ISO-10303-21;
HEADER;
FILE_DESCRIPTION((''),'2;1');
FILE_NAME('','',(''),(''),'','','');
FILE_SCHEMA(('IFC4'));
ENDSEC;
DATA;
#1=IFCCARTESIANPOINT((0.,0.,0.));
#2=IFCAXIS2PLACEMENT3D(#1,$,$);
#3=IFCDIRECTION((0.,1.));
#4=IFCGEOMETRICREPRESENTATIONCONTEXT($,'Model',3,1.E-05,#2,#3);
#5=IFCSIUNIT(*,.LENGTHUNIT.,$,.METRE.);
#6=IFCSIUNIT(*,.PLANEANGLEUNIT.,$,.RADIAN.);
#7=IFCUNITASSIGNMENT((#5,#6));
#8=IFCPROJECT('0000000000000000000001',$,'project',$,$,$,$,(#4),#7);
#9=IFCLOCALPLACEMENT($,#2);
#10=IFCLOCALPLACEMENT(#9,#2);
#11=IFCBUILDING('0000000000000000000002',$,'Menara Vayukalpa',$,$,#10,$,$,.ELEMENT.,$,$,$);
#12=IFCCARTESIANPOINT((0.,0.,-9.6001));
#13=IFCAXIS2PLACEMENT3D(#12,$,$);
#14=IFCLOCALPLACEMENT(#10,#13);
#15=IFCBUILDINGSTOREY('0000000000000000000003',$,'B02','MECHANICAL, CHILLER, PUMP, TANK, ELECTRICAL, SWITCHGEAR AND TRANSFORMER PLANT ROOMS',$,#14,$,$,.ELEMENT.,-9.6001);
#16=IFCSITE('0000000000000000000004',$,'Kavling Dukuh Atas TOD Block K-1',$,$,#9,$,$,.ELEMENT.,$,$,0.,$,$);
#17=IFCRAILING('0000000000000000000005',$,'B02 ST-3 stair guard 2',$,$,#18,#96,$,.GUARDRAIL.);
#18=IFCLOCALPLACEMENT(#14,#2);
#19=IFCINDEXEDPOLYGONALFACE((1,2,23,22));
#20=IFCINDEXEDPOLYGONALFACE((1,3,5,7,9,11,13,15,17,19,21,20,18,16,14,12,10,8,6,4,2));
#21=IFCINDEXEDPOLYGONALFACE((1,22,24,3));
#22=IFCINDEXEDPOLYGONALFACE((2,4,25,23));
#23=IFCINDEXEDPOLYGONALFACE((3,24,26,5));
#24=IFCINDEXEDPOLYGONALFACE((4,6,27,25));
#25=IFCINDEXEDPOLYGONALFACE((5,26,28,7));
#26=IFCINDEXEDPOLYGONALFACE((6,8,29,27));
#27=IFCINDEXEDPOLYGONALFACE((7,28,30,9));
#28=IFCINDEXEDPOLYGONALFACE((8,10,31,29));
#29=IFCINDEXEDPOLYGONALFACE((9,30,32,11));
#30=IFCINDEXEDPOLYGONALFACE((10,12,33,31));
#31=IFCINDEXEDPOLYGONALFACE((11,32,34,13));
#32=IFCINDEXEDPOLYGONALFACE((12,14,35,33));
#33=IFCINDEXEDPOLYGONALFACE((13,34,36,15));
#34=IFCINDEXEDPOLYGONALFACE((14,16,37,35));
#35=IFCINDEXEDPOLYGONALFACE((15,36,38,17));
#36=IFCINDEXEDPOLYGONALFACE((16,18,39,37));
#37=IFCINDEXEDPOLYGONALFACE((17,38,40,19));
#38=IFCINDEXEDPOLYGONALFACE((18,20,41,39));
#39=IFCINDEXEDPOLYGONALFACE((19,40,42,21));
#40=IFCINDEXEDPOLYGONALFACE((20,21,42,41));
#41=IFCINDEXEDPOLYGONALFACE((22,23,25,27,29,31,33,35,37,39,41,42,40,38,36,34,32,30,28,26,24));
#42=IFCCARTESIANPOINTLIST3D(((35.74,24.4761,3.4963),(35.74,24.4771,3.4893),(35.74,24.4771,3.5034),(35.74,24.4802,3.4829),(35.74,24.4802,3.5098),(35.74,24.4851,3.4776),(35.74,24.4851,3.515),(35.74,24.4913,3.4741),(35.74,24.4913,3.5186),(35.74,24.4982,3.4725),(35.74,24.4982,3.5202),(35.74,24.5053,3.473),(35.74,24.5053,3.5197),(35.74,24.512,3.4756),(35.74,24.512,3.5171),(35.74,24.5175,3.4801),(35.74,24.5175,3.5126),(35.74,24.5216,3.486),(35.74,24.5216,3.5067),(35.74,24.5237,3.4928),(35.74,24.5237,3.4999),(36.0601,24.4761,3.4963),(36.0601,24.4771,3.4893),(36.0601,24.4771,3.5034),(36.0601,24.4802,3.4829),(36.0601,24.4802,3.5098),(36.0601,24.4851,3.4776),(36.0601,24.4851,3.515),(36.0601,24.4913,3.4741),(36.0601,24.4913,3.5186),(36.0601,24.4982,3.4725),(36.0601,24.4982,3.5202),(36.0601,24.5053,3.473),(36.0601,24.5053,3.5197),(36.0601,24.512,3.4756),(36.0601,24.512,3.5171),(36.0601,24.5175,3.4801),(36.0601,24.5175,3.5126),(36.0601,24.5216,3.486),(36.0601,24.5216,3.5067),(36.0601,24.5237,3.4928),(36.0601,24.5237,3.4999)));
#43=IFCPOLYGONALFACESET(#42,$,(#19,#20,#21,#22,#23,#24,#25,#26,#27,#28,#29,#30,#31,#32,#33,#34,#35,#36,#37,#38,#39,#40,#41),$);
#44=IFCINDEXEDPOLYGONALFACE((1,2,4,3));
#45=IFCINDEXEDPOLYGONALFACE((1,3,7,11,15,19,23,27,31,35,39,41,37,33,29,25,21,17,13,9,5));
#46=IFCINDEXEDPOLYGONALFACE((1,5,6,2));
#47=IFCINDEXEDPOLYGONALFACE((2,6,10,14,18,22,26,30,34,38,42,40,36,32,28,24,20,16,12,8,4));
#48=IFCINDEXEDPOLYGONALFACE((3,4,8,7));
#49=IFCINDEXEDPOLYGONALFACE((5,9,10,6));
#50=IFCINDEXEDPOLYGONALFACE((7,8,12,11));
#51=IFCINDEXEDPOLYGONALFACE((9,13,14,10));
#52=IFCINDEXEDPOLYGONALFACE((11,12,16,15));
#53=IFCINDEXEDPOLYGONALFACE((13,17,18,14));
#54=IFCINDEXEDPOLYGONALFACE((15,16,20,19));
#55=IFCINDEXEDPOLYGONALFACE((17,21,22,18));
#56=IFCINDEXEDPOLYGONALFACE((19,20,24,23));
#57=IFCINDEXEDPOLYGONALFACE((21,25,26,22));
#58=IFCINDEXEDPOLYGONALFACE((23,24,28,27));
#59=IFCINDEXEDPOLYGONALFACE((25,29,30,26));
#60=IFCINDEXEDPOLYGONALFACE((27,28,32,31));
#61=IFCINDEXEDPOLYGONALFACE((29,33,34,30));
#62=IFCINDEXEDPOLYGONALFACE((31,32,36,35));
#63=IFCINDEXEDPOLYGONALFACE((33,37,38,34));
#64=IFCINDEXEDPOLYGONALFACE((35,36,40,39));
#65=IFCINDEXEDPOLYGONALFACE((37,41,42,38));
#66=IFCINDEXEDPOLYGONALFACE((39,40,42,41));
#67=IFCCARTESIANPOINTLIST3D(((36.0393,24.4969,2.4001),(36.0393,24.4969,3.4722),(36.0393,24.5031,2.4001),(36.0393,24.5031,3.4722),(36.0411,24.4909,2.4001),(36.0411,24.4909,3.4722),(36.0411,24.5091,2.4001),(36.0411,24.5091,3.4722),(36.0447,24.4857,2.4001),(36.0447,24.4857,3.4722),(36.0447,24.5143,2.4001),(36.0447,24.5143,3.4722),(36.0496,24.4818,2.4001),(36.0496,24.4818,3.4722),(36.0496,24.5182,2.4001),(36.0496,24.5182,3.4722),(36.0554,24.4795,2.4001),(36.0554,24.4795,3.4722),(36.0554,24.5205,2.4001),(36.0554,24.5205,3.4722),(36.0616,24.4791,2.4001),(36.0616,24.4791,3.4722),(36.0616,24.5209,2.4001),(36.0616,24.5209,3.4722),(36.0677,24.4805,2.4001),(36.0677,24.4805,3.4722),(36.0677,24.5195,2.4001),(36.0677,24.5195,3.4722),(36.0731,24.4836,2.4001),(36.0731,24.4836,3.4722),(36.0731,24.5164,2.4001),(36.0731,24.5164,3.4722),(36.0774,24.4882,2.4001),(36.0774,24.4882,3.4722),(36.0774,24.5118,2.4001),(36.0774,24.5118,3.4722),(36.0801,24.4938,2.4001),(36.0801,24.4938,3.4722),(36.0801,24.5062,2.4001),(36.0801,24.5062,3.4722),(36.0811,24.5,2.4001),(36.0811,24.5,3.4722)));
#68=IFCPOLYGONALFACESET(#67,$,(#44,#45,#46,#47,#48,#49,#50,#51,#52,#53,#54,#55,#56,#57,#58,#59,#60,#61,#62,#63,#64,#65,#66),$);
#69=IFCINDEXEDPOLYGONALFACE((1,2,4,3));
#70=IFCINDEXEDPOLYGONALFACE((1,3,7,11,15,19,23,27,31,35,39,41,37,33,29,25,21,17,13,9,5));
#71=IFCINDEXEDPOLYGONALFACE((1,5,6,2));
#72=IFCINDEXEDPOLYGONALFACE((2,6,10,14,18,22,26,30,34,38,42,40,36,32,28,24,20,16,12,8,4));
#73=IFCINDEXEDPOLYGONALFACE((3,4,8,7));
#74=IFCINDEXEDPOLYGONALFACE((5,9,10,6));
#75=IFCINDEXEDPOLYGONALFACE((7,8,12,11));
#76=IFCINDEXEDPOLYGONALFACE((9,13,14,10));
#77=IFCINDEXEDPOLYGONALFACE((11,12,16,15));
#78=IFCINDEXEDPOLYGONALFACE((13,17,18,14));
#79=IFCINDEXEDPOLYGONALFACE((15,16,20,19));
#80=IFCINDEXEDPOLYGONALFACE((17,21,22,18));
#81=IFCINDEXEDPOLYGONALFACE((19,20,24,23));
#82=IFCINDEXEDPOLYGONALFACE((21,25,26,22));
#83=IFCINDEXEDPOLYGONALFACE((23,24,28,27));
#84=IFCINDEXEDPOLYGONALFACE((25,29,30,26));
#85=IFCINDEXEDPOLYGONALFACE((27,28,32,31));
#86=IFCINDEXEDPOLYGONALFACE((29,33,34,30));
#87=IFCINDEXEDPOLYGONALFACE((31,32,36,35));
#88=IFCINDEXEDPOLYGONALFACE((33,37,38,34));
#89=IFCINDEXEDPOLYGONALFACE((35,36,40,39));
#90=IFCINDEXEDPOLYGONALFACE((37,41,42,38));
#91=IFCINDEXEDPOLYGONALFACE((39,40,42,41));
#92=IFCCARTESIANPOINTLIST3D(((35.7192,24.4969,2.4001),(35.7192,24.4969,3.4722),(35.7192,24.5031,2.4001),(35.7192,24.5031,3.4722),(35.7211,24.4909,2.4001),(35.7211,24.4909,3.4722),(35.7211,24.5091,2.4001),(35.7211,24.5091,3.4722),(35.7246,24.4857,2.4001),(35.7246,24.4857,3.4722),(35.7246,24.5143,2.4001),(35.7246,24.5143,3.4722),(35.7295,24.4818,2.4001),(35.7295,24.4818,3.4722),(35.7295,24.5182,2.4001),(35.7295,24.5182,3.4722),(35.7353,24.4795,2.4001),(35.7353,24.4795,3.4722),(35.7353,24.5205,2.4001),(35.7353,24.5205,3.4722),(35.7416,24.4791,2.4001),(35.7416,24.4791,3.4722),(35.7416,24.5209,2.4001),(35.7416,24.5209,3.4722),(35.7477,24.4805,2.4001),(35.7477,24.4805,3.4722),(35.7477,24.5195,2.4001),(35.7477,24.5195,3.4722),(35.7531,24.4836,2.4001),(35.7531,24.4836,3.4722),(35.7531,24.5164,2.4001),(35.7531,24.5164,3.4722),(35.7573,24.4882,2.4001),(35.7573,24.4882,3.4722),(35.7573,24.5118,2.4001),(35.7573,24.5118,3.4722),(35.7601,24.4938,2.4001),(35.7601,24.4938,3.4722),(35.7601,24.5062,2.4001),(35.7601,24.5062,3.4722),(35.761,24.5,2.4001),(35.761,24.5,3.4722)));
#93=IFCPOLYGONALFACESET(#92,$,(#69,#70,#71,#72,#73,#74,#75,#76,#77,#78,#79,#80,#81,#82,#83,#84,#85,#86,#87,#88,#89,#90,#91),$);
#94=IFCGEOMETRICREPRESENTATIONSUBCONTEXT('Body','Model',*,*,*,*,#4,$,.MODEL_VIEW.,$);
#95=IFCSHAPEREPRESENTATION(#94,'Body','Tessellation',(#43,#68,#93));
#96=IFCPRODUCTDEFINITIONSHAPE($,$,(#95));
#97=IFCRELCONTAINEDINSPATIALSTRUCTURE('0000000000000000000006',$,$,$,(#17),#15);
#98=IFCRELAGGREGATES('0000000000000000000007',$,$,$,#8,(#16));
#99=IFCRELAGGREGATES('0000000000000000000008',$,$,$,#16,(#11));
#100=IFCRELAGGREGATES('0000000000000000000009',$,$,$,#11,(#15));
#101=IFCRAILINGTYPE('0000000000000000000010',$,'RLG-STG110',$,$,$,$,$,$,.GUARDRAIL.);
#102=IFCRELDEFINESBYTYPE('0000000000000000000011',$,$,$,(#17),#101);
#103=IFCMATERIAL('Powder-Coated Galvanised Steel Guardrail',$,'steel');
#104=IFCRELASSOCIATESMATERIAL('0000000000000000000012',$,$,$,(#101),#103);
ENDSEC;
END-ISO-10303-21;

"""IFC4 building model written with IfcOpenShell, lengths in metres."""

from ifc_helpers import new_model, si_unit, direction, frame, origin, origin_2d, place, context, subcontext, project, spatial, circle, extrude, material, type_object, element, save


model = new_model("IFC4")

# Units and contexts
model_context = context("Model", 3, precision=1e-05, world=origin(), true_north=direction((0.0, 1.0)))
body_context = subcontext(model_context, "Body", "Model", "MODEL_VIEW")
ifc_project = project(units=[si_unit("LENGTHUNIT", "METRE"), si_unit("PLANEANGLEUNIT", "RADIAN")], contexts=[model_context])

# Site, building, storey
site_placement = place(None, origin())
site = spatial("IfcSite", under=ifc_project, at=site_placement, Name="Kavling Dukuh Atas TOD Block K-1", CompositionType="ELEMENT", RefElevation=0.0)
building_placement = place(site_placement, origin())
building = spatial("IfcBuilding", under=site, at=building_placement, Name="Menara Vayukalpa", CompositionType="ELEMENT")
storey_placement = place(building_placement, frame((0.0, 0.0, -9.6001)))
storey = spatial("IfcBuildingStorey", under=building, at=storey_placement, Name="B02", Description="MECHANICAL, CHILLER, PUMP, TANK, ELECTRICAL, SWITCHGEAR AND TRANSFORMER PLANT ROOMS", CompositionType="ELEMENT", Elevation=-9.6001)

# Railing
ifc_material_1 = material(Name="Powder-Coated Galvanised Steel Guardrail", Category="steel")
railing_type_1 = type_object("IfcRailingType", Name="RLG-STG110", PredefinedType="GUARDRAIL", material=ifc_material_1)
railing_1_placement = place(storey_placement, frame((36.0601, 24.5, 2.4001)))
element("IfcRailing", 1, at=railing_1_placement, inside=storey, type_object=railing_type_1, Name="B02 ST-3 stair guard 2", PredefinedType="GUARDRAIL", context=body_context, shape_type="SweptSolid", body=[
    extrude(circle(Radius=0.0239, at=origin_2d()), frame((0.0, 0.0, 1.0962), z_axis=(-1.0, 0.0, 0.0), x_axis=(0.0, -1.0, 0.0)), (0.0, 0.0, 1.0), 0.3201),
    extrude(circle(Radius=0.021, at=origin_2d()), origin(), (0.0, 0.0, 1.0), 1.072),
    extrude(circle(Radius=0.021, at=origin_2d()), frame((-0.3201, 0.0, 0.0)), (0.0, 0.0, 1.0), 1.072),
])

save(model, "model.ifc")
